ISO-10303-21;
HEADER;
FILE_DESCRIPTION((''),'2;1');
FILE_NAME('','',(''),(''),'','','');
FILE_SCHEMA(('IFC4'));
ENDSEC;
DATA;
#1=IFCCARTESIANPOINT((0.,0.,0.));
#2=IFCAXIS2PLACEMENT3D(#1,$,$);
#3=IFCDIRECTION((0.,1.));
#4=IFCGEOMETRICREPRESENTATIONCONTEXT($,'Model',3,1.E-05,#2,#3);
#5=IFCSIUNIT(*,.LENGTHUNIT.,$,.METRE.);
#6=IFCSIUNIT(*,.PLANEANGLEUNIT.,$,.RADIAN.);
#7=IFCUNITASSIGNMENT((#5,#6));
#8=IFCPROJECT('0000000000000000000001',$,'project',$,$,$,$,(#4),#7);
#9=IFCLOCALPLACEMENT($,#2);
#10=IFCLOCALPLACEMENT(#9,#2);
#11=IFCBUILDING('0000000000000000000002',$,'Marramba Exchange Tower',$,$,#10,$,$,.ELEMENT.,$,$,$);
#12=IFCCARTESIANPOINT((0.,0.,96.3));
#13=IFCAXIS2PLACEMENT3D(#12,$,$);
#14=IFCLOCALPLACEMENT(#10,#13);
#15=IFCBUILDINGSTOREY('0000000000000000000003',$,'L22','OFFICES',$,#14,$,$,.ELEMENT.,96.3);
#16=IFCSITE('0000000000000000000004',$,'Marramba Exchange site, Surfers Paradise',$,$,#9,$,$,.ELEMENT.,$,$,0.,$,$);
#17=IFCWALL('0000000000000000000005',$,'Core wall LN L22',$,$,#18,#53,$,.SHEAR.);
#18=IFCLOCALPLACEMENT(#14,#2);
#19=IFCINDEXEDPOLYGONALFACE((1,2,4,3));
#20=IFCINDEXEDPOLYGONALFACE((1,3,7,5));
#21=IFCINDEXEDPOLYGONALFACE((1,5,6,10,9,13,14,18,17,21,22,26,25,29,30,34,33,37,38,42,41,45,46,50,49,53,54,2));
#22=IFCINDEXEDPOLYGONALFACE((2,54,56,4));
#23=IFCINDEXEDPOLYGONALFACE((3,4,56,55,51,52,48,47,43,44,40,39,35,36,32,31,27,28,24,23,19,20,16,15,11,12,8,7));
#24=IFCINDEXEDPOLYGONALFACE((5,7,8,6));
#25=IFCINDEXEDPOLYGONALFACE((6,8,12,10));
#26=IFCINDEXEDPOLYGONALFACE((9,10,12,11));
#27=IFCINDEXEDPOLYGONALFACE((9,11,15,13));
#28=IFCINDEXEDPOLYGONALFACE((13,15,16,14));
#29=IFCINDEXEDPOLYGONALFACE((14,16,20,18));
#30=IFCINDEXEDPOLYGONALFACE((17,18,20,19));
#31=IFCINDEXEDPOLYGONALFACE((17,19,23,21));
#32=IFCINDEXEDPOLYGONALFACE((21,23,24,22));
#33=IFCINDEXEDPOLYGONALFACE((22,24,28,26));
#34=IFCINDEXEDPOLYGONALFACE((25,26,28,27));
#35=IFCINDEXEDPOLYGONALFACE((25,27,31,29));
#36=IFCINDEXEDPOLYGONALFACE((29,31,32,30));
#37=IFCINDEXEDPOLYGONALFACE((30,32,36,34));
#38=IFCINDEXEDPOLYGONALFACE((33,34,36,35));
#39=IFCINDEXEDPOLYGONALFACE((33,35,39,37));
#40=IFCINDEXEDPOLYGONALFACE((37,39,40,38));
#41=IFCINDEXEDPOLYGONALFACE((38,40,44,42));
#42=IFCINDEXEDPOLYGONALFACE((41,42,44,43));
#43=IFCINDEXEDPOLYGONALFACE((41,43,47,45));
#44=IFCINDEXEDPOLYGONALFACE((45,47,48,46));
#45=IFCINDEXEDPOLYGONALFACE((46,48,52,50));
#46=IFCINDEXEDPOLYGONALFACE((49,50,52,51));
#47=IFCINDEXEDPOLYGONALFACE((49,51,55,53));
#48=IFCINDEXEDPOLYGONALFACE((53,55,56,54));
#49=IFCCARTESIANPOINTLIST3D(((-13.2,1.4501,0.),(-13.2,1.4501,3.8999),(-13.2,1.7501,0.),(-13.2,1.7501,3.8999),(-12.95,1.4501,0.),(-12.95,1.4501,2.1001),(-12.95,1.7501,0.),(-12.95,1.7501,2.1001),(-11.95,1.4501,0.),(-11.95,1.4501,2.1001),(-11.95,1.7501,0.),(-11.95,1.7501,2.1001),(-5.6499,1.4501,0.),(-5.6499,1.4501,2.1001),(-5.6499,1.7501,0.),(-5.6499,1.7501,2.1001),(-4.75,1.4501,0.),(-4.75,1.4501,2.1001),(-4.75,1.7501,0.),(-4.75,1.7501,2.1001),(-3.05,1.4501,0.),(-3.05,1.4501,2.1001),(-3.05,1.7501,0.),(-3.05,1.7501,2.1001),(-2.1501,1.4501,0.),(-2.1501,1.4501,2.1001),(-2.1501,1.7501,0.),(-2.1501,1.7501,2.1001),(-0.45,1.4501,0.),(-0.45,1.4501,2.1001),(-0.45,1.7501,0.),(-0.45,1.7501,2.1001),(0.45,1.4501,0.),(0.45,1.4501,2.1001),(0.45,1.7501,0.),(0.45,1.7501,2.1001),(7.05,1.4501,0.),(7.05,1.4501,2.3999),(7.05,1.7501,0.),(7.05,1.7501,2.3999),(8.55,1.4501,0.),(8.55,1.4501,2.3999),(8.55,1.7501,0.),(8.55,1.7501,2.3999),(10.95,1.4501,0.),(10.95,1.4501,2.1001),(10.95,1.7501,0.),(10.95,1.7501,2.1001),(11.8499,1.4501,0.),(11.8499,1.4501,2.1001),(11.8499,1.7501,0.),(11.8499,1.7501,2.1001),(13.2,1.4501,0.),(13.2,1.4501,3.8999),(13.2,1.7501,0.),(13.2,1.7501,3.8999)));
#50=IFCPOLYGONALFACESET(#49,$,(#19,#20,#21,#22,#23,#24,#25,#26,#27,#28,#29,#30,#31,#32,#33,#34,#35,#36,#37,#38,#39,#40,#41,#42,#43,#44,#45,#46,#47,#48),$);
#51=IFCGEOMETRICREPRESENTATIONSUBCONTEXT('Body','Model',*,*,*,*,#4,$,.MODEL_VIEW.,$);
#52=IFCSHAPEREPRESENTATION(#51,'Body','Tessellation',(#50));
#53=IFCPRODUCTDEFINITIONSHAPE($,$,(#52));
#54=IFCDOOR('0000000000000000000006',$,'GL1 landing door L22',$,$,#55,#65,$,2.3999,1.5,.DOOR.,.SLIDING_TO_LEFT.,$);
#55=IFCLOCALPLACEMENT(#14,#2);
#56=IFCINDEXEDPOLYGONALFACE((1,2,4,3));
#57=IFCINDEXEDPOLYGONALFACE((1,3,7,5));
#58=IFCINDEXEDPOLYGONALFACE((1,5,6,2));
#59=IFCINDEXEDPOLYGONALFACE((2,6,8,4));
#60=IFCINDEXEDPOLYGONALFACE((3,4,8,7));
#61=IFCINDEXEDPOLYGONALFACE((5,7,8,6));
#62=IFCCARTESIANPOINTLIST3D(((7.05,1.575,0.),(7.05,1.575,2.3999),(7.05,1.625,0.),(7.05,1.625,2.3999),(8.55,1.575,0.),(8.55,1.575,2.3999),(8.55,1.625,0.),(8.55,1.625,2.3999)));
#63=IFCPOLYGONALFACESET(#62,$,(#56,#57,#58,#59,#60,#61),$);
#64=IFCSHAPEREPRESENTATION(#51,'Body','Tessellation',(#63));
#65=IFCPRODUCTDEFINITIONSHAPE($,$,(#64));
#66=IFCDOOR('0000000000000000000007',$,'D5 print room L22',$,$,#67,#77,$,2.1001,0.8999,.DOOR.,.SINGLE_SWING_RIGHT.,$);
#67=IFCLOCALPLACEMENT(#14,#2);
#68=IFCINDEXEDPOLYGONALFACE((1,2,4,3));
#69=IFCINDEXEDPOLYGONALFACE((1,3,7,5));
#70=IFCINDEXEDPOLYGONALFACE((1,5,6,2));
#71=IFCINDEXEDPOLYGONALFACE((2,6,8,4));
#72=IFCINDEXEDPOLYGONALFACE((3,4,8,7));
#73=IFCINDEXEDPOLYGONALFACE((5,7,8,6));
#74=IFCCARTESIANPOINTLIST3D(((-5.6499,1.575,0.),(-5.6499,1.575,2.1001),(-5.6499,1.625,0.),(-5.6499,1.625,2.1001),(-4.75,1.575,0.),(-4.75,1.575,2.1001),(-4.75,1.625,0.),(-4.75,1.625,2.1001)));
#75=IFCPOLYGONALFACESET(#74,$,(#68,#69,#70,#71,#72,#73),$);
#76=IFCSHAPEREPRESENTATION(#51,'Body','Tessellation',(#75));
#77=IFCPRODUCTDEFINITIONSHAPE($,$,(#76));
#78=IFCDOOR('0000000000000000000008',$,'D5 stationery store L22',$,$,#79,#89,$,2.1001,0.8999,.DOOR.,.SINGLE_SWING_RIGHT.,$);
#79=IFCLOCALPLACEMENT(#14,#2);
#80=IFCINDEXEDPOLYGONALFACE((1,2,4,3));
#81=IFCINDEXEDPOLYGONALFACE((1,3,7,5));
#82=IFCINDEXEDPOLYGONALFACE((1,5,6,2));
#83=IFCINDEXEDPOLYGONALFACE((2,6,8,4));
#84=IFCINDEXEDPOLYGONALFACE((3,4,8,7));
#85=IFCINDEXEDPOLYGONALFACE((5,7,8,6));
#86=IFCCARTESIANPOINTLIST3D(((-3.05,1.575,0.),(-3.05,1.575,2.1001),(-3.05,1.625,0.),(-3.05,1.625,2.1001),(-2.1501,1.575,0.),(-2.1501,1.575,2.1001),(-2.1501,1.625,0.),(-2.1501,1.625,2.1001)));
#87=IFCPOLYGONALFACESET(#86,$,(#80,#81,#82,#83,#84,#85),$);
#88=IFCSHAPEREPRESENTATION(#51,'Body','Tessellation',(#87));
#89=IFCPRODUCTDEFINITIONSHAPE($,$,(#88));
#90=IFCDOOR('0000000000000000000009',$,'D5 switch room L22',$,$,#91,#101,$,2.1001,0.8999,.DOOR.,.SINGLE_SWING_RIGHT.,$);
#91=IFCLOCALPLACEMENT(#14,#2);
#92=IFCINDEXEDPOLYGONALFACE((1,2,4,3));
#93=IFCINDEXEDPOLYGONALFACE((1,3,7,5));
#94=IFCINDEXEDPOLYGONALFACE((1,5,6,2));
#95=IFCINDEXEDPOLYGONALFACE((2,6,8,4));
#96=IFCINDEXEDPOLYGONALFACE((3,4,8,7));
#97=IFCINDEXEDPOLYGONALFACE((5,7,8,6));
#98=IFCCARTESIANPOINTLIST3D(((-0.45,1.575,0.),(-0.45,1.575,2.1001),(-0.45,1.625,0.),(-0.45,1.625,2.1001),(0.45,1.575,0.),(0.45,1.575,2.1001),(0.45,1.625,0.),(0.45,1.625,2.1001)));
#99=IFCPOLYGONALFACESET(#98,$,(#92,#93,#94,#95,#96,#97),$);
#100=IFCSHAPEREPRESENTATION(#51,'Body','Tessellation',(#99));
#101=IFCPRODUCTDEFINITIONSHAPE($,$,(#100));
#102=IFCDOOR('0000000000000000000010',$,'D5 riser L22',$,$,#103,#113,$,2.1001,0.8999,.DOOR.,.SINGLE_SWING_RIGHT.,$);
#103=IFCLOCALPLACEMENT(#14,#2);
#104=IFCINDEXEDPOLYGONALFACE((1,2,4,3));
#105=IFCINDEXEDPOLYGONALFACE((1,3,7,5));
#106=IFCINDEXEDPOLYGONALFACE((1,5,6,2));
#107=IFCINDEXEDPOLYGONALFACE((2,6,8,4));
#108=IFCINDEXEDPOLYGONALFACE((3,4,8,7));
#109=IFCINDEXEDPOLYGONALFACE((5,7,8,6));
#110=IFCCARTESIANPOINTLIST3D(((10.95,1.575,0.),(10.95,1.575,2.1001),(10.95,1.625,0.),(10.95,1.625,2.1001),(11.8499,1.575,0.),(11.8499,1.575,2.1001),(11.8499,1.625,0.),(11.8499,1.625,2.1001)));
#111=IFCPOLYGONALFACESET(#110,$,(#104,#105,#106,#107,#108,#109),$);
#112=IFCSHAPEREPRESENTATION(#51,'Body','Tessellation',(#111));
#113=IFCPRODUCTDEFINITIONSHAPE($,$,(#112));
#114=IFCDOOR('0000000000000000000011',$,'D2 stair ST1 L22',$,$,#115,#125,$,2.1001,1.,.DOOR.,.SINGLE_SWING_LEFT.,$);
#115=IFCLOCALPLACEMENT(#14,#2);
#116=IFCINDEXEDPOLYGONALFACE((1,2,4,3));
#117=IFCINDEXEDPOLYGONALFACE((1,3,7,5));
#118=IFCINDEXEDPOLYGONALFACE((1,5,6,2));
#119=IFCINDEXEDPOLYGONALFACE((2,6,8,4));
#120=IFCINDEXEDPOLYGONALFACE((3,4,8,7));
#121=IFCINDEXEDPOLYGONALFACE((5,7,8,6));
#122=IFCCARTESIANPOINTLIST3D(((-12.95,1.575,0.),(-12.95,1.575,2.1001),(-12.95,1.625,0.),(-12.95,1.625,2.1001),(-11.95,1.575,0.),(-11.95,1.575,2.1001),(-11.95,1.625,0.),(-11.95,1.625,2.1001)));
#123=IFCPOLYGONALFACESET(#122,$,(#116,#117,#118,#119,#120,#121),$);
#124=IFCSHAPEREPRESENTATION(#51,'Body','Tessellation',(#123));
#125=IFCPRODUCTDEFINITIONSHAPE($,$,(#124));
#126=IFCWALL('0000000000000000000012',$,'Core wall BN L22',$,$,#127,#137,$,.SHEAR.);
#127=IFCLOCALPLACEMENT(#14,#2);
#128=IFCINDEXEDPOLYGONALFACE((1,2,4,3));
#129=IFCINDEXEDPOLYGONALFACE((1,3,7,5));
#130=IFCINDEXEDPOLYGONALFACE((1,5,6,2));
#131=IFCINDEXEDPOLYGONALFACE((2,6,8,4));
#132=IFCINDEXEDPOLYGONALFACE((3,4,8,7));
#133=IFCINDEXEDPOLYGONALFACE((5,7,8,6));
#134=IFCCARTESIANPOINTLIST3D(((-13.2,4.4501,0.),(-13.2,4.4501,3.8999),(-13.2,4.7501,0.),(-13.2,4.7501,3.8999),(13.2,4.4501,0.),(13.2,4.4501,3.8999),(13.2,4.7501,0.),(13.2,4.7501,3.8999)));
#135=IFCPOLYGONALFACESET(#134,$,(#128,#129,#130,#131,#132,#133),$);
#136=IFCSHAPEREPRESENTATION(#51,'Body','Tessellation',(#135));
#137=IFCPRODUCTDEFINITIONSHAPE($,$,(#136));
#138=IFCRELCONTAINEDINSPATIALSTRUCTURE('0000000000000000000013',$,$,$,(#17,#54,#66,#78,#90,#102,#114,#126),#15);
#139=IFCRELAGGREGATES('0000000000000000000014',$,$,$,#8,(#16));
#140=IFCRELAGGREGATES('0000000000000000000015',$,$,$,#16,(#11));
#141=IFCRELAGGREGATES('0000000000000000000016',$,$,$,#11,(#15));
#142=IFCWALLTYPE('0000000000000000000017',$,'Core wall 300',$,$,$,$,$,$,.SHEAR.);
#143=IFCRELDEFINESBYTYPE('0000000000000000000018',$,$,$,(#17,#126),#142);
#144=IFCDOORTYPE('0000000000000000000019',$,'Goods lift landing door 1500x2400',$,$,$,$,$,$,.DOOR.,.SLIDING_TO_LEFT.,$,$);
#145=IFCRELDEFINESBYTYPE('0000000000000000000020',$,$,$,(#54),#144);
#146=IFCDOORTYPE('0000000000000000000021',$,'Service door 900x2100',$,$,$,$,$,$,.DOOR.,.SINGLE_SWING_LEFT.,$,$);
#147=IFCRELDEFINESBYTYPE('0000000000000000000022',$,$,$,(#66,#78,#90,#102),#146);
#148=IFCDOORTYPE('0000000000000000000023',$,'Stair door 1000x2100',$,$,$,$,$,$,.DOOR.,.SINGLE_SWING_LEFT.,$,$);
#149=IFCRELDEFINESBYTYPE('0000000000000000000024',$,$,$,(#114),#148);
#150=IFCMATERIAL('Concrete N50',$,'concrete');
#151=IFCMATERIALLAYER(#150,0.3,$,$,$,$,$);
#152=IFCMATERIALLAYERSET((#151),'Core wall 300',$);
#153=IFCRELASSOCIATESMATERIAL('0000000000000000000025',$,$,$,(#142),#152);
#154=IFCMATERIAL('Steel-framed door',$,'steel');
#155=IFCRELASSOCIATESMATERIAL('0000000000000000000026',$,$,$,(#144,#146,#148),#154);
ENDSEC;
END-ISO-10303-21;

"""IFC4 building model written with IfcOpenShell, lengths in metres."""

from ifc_helpers import new_model, si_unit, direction, frame, frame_2d, origin, place, context, subcontext, project, spatial, rectangle, extrude, material, layer, layer_set, type_object, element, fill, save


model = new_model("IFC4")

# Units and contexts
model_context = context("Model", 3, precision=1e-05, world=origin(), true_north=direction((0.0, 1.0)))
body_context = subcontext(model_context, "Body", "Model", "MODEL_VIEW")
ifc_project = project(units=[si_unit("LENGTHUNIT", "METRE"), si_unit("PLANEANGLEUNIT", "RADIAN")], contexts=[model_context])

# Site, building, storey
site_placement = place(None, origin())
site = spatial("IfcSite", under=ifc_project, at=site_placement, Name="Marramba Exchange site, Surfers Paradise", CompositionType="ELEMENT", RefElevation=0.0)
building_placement = place(site_placement, origin())
building = spatial("IfcBuilding", under=site, at=building_placement, Name="Marramba Exchange Tower", CompositionType="ELEMENT")
storey_placement = place(building_placement, frame((0.0, 0.0, 96.3)))
storey = spatial("IfcBuildingStorey", under=building, at=storey_placement, Name="L22", Description="OFFICES", CompositionType="ELEMENT", Elevation=96.3)

# Shared definitions
ifc_material_1 = material(Name="Concrete N50", Category="concrete")

# Wall, openings, doors
ifc_layer_1 = layer(ifc_material_1, 0.3)
ifc_layer_set_1 = layer_set([ifc_layer_1], Name="Core wall 300")
wall_type_1 = type_object("IfcWallType", Name="Core wall 300", PredefinedType="SHEAR", material=ifc_layer_set_1)
wall_1_placement = place(storey_placement, frame((-13.2, 1.6001, 0.0), z_axis=(0.0, 0.0, 1.0), x_axis=(1.0, 0.0, 0.0)))
wall_1 = element("IfcWall", 1, at=wall_1_placement, inside=storey, type_object=wall_type_1, Name="Core wall LN L22", PredefinedType="SHEAR", context=body_context, shape_type="SweptSolid", body=[
    extrude(rectangle(XDim=26.3999, YDim=0.3, at=frame_2d((13.2, 0.0))), origin(), (0.0, 0.0, 1.0), 3.8999),
])
opening_1_placement = place(wall_1_placement, frame((0.25, 0.0, 0.0)))
opening_1 = element("IfcOpeningElement", 2, at=opening_1_placement, cuts=wall_1, PredefinedType="OPENING", context=body_context, shape_type="SweptSolid", body=[
    extrude(rectangle(XDim=1.0, YDim=2.1001, at=frame_2d((0.5, 1.05))), frame((0.0, 0.1599, 0.0), z_axis=(0.0, -1.0, 0.0), x_axis=(1.0, 0.0, 0.0)), (0.0, 0.0, 1.0), 0.3201),
])
opening_2_placement = place(wall_1_placement, frame((20.25, 0.0, 0.0)))
opening_2 = element("IfcOpeningElement", 3, at=opening_2_placement, cuts=wall_1, PredefinedType="OPENING", context=body_context, shape_type="SweptSolid", body=[
    extrude(rectangle(XDim=1.5, YDim=2.3999, at=frame_2d((0.75, 1.2))), frame((0.0, 0.1599, 0.0), z_axis=(0.0, -1.0, 0.0), x_axis=(1.0, 0.0, 0.0)), (0.0, 0.0, 1.0), 0.3201),
])
opening_3_placement = place(wall_1_placement, frame((7.55, 0.0, 0.0)))
opening_3 = element("IfcOpeningElement", 4, at=opening_3_placement, cuts=wall_1, PredefinedType="OPENING", context=body_context, shape_type="SweptSolid", body=[
    extrude(rectangle(XDim=0.8999, YDim=2.1001, at=frame_2d((0.45, 1.05))), frame((0.0, 0.1599, 0.0), z_axis=(0.0, -1.0, 0.0), x_axis=(1.0, 0.0, 0.0)), (0.0, 0.0, 1.0), 0.3201),
])
opening_4_placement = place(wall_1_placement, frame((10.1499, 0.0, 0.0)))
opening_4 = element("IfcOpeningElement", 5, at=opening_4_placement, cuts=wall_1, PredefinedType="OPENING", context=body_context, shape_type="SweptSolid", body=[
    extrude(rectangle(XDim=0.8999, YDim=2.1001, at=frame_2d((0.45, 1.05))), frame((0.0, 0.1599, 0.0), z_axis=(0.0, -1.0, 0.0), x_axis=(1.0, 0.0, 0.0)), (0.0, 0.0, 1.0), 0.3201),
])
opening_5_placement = place(wall_1_placement, frame((12.75, 0.0, 0.0)))
opening_5 = element("IfcOpeningElement", 6, at=opening_5_placement, cuts=wall_1, PredefinedType="OPENING", context=body_context, shape_type="SweptSolid", body=[
    extrude(rectangle(XDim=0.8999, YDim=2.1001, at=frame_2d((0.45, 1.05))), frame((0.0, 0.1599, 0.0), z_axis=(0.0, -1.0, 0.0), x_axis=(1.0, 0.0, 0.0)), (0.0, 0.0, 1.0), 0.3201),
])
opening_6_placement = place(wall_1_placement, frame((24.1499, 0.0, 0.0)))
opening_6 = element("IfcOpeningElement", 7, at=opening_6_placement, cuts=wall_1, PredefinedType="OPENING", context=body_context, shape_type="SweptSolid", body=[
    extrude(rectangle(XDim=0.8999, YDim=2.1001, at=frame_2d((0.45, 1.05))), frame((0.0, 0.1599, 0.0), z_axis=(0.0, -1.0, 0.0), x_axis=(1.0, 0.0, 0.0)), (0.0, 0.0, 1.0), 0.3201),
])
ifc_material_2 = material(Name="Steel-framed door", Category="steel")
door_type_1 = type_object("IfcDoorType", Name="Goods lift landing door 1500x2400", OperationType="SLIDING_TO_LEFT", PredefinedType="DOOR", material=ifc_material_2)
door_1_placement = place(opening_2_placement, origin())
door_1 = element("IfcDoor", 8, at=door_1_placement, inside=storey, type_object=door_type_1, Name="GL1 landing door L22", OperationType="SLIDING_TO_LEFT", OverallHeight=2.3999, OverallWidth=1.5, PredefinedType="DOOR", context=body_context, shape_type="SweptSolid", body=[
    extrude(rectangle(XDim=1.5, YDim=2.3999, at=frame_2d((0.75, 1.2))), frame((0.0, 0.0249, 0.0), z_axis=(0.0, -1.0, 0.0), x_axis=(1.0, 0.0, 0.0)), (0.0, 0.0, 1.0), 0.05),
])
fill(opening_2, door_1)
door_type_2 = type_object("IfcDoorType", Name="Service door 900x2100", OperationType="SINGLE_SWING_LEFT", PredefinedType="DOOR", material=ifc_material_2)
door_2_placement = place(opening_3_placement, origin())
door_2 = element("IfcDoor", 9, at=door_2_placement, inside=storey, type_object=door_type_2, Name="D5 print room L22", OperationType="SINGLE_SWING_RIGHT", OverallHeight=2.1001, OverallWidth=0.8999, PredefinedType="DOOR", context=body_context, shape_type="SweptSolid", body=[
    extrude(rectangle(XDim=0.8999, YDim=2.1001, at=frame_2d((0.45, 1.05))), frame((0.0, 0.0249, 0.0), z_axis=(0.0, -1.0, 0.0), x_axis=(1.0, 0.0, 0.0)), (0.0, 0.0, 1.0), 0.05),
])
fill(opening_3, door_2)
door_3_placement = place(opening_4_placement, origin())
door_3 = element("IfcDoor", 10, at=door_3_placement, inside=storey, type_object=door_type_2, Name="D5 stationery store L22", OperationType="SINGLE_SWING_RIGHT", OverallHeight=2.1001, OverallWidth=0.8999, PredefinedType="DOOR", context=body_context, shape_type="SweptSolid", body=[
    extrude(rectangle(XDim=0.8999, YDim=2.1001, at=frame_2d((0.45, 1.05))), frame((0.0, 0.0249, 0.0), z_axis=(0.0, -1.0, 0.0), x_axis=(1.0, 0.0, 0.0)), (0.0, 0.0, 1.0), 0.05),
])
fill(opening_4, door_3)
door_4_placement = place(opening_5_placement, origin())
door_4 = element("IfcDoor", 11, at=door_4_placement, inside=storey, type_object=door_type_2, Name="D5 switch room L22", OperationType="SINGLE_SWING_RIGHT", OverallHeight=2.1001, OverallWidth=0.8999, PredefinedType="DOOR", context=body_context, shape_type="SweptSolid", body=[
    extrude(rectangle(XDim=0.8999, YDim=2.1001, at=frame_2d((0.45, 1.05))), frame((0.0, 0.0249, 0.0), z_axis=(0.0, -1.0, 0.0), x_axis=(1.0, 0.0, 0.0)), (0.0, 0.0, 1.0), 0.05),
])
fill(opening_5, door_4)
door_5_placement = place(opening_6_placement, origin())
door_5 = element("IfcDoor", 12, at=door_5_placement, inside=storey, type_object=door_type_2, Name="D5 riser L22", OperationType="SINGLE_SWING_RIGHT", OverallHeight=2.1001, OverallWidth=0.8999, PredefinedType="DOOR", context=body_context, shape_type="SweptSolid", body=[
    extrude(rectangle(XDim=0.8999, YDim=2.1001, at=frame_2d((0.45, 1.05))), frame((0.0, 0.0249, 0.0), z_axis=(0.0, -1.0, 0.0), x_axis=(1.0, 0.0, 0.0)), (0.0, 0.0, 1.0), 0.05),
])
fill(opening_6, door_5)
door_type_3 = type_object("IfcDoorType", Name="Stair door 1000x2100", OperationType="SINGLE_SWING_LEFT", PredefinedType="DOOR", material=ifc_material_2)
door_6_placement = place(opening_1_placement, origin())
door_6 = element("IfcDoor", 13, at=door_6_placement, inside=storey, type_object=door_type_3, Name="D2 stair ST1 L22", OperationType="SINGLE_SWING_LEFT", OverallHeight=2.1001, OverallWidth=1.0, PredefinedType="DOOR", context=body_context, shape_type="SweptSolid", body=[
    extrude(rectangle(XDim=1.0, YDim=2.1001, at=frame_2d((0.5, 1.05))), frame((0.0, 0.0249, 0.0), z_axis=(0.0, -1.0, 0.0), x_axis=(1.0, 0.0, 0.0)), (0.0, 0.0, 1.0), 0.05),
])
fill(opening_1, door_6)

# Wall
wall_2_placement = place(storey_placement, frame((-13.2, 4.6001, 0.0), z_axis=(0.0, 0.0, 1.0), x_axis=(1.0, 0.0, 0.0)))
element("IfcWall", 14, at=wall_2_placement, inside=storey, type_object=wall_type_1, Name="Core wall BN L22", PredefinedType="SHEAR", context=body_context, shape_type="SweptSolid", body=[
    extrude(rectangle(XDim=26.3999, YDim=0.3, at=frame_2d((13.2, 0.0))), origin(), (0.0, 0.0, 1.0), 3.8999),
])

save(model, "model.ifc")
